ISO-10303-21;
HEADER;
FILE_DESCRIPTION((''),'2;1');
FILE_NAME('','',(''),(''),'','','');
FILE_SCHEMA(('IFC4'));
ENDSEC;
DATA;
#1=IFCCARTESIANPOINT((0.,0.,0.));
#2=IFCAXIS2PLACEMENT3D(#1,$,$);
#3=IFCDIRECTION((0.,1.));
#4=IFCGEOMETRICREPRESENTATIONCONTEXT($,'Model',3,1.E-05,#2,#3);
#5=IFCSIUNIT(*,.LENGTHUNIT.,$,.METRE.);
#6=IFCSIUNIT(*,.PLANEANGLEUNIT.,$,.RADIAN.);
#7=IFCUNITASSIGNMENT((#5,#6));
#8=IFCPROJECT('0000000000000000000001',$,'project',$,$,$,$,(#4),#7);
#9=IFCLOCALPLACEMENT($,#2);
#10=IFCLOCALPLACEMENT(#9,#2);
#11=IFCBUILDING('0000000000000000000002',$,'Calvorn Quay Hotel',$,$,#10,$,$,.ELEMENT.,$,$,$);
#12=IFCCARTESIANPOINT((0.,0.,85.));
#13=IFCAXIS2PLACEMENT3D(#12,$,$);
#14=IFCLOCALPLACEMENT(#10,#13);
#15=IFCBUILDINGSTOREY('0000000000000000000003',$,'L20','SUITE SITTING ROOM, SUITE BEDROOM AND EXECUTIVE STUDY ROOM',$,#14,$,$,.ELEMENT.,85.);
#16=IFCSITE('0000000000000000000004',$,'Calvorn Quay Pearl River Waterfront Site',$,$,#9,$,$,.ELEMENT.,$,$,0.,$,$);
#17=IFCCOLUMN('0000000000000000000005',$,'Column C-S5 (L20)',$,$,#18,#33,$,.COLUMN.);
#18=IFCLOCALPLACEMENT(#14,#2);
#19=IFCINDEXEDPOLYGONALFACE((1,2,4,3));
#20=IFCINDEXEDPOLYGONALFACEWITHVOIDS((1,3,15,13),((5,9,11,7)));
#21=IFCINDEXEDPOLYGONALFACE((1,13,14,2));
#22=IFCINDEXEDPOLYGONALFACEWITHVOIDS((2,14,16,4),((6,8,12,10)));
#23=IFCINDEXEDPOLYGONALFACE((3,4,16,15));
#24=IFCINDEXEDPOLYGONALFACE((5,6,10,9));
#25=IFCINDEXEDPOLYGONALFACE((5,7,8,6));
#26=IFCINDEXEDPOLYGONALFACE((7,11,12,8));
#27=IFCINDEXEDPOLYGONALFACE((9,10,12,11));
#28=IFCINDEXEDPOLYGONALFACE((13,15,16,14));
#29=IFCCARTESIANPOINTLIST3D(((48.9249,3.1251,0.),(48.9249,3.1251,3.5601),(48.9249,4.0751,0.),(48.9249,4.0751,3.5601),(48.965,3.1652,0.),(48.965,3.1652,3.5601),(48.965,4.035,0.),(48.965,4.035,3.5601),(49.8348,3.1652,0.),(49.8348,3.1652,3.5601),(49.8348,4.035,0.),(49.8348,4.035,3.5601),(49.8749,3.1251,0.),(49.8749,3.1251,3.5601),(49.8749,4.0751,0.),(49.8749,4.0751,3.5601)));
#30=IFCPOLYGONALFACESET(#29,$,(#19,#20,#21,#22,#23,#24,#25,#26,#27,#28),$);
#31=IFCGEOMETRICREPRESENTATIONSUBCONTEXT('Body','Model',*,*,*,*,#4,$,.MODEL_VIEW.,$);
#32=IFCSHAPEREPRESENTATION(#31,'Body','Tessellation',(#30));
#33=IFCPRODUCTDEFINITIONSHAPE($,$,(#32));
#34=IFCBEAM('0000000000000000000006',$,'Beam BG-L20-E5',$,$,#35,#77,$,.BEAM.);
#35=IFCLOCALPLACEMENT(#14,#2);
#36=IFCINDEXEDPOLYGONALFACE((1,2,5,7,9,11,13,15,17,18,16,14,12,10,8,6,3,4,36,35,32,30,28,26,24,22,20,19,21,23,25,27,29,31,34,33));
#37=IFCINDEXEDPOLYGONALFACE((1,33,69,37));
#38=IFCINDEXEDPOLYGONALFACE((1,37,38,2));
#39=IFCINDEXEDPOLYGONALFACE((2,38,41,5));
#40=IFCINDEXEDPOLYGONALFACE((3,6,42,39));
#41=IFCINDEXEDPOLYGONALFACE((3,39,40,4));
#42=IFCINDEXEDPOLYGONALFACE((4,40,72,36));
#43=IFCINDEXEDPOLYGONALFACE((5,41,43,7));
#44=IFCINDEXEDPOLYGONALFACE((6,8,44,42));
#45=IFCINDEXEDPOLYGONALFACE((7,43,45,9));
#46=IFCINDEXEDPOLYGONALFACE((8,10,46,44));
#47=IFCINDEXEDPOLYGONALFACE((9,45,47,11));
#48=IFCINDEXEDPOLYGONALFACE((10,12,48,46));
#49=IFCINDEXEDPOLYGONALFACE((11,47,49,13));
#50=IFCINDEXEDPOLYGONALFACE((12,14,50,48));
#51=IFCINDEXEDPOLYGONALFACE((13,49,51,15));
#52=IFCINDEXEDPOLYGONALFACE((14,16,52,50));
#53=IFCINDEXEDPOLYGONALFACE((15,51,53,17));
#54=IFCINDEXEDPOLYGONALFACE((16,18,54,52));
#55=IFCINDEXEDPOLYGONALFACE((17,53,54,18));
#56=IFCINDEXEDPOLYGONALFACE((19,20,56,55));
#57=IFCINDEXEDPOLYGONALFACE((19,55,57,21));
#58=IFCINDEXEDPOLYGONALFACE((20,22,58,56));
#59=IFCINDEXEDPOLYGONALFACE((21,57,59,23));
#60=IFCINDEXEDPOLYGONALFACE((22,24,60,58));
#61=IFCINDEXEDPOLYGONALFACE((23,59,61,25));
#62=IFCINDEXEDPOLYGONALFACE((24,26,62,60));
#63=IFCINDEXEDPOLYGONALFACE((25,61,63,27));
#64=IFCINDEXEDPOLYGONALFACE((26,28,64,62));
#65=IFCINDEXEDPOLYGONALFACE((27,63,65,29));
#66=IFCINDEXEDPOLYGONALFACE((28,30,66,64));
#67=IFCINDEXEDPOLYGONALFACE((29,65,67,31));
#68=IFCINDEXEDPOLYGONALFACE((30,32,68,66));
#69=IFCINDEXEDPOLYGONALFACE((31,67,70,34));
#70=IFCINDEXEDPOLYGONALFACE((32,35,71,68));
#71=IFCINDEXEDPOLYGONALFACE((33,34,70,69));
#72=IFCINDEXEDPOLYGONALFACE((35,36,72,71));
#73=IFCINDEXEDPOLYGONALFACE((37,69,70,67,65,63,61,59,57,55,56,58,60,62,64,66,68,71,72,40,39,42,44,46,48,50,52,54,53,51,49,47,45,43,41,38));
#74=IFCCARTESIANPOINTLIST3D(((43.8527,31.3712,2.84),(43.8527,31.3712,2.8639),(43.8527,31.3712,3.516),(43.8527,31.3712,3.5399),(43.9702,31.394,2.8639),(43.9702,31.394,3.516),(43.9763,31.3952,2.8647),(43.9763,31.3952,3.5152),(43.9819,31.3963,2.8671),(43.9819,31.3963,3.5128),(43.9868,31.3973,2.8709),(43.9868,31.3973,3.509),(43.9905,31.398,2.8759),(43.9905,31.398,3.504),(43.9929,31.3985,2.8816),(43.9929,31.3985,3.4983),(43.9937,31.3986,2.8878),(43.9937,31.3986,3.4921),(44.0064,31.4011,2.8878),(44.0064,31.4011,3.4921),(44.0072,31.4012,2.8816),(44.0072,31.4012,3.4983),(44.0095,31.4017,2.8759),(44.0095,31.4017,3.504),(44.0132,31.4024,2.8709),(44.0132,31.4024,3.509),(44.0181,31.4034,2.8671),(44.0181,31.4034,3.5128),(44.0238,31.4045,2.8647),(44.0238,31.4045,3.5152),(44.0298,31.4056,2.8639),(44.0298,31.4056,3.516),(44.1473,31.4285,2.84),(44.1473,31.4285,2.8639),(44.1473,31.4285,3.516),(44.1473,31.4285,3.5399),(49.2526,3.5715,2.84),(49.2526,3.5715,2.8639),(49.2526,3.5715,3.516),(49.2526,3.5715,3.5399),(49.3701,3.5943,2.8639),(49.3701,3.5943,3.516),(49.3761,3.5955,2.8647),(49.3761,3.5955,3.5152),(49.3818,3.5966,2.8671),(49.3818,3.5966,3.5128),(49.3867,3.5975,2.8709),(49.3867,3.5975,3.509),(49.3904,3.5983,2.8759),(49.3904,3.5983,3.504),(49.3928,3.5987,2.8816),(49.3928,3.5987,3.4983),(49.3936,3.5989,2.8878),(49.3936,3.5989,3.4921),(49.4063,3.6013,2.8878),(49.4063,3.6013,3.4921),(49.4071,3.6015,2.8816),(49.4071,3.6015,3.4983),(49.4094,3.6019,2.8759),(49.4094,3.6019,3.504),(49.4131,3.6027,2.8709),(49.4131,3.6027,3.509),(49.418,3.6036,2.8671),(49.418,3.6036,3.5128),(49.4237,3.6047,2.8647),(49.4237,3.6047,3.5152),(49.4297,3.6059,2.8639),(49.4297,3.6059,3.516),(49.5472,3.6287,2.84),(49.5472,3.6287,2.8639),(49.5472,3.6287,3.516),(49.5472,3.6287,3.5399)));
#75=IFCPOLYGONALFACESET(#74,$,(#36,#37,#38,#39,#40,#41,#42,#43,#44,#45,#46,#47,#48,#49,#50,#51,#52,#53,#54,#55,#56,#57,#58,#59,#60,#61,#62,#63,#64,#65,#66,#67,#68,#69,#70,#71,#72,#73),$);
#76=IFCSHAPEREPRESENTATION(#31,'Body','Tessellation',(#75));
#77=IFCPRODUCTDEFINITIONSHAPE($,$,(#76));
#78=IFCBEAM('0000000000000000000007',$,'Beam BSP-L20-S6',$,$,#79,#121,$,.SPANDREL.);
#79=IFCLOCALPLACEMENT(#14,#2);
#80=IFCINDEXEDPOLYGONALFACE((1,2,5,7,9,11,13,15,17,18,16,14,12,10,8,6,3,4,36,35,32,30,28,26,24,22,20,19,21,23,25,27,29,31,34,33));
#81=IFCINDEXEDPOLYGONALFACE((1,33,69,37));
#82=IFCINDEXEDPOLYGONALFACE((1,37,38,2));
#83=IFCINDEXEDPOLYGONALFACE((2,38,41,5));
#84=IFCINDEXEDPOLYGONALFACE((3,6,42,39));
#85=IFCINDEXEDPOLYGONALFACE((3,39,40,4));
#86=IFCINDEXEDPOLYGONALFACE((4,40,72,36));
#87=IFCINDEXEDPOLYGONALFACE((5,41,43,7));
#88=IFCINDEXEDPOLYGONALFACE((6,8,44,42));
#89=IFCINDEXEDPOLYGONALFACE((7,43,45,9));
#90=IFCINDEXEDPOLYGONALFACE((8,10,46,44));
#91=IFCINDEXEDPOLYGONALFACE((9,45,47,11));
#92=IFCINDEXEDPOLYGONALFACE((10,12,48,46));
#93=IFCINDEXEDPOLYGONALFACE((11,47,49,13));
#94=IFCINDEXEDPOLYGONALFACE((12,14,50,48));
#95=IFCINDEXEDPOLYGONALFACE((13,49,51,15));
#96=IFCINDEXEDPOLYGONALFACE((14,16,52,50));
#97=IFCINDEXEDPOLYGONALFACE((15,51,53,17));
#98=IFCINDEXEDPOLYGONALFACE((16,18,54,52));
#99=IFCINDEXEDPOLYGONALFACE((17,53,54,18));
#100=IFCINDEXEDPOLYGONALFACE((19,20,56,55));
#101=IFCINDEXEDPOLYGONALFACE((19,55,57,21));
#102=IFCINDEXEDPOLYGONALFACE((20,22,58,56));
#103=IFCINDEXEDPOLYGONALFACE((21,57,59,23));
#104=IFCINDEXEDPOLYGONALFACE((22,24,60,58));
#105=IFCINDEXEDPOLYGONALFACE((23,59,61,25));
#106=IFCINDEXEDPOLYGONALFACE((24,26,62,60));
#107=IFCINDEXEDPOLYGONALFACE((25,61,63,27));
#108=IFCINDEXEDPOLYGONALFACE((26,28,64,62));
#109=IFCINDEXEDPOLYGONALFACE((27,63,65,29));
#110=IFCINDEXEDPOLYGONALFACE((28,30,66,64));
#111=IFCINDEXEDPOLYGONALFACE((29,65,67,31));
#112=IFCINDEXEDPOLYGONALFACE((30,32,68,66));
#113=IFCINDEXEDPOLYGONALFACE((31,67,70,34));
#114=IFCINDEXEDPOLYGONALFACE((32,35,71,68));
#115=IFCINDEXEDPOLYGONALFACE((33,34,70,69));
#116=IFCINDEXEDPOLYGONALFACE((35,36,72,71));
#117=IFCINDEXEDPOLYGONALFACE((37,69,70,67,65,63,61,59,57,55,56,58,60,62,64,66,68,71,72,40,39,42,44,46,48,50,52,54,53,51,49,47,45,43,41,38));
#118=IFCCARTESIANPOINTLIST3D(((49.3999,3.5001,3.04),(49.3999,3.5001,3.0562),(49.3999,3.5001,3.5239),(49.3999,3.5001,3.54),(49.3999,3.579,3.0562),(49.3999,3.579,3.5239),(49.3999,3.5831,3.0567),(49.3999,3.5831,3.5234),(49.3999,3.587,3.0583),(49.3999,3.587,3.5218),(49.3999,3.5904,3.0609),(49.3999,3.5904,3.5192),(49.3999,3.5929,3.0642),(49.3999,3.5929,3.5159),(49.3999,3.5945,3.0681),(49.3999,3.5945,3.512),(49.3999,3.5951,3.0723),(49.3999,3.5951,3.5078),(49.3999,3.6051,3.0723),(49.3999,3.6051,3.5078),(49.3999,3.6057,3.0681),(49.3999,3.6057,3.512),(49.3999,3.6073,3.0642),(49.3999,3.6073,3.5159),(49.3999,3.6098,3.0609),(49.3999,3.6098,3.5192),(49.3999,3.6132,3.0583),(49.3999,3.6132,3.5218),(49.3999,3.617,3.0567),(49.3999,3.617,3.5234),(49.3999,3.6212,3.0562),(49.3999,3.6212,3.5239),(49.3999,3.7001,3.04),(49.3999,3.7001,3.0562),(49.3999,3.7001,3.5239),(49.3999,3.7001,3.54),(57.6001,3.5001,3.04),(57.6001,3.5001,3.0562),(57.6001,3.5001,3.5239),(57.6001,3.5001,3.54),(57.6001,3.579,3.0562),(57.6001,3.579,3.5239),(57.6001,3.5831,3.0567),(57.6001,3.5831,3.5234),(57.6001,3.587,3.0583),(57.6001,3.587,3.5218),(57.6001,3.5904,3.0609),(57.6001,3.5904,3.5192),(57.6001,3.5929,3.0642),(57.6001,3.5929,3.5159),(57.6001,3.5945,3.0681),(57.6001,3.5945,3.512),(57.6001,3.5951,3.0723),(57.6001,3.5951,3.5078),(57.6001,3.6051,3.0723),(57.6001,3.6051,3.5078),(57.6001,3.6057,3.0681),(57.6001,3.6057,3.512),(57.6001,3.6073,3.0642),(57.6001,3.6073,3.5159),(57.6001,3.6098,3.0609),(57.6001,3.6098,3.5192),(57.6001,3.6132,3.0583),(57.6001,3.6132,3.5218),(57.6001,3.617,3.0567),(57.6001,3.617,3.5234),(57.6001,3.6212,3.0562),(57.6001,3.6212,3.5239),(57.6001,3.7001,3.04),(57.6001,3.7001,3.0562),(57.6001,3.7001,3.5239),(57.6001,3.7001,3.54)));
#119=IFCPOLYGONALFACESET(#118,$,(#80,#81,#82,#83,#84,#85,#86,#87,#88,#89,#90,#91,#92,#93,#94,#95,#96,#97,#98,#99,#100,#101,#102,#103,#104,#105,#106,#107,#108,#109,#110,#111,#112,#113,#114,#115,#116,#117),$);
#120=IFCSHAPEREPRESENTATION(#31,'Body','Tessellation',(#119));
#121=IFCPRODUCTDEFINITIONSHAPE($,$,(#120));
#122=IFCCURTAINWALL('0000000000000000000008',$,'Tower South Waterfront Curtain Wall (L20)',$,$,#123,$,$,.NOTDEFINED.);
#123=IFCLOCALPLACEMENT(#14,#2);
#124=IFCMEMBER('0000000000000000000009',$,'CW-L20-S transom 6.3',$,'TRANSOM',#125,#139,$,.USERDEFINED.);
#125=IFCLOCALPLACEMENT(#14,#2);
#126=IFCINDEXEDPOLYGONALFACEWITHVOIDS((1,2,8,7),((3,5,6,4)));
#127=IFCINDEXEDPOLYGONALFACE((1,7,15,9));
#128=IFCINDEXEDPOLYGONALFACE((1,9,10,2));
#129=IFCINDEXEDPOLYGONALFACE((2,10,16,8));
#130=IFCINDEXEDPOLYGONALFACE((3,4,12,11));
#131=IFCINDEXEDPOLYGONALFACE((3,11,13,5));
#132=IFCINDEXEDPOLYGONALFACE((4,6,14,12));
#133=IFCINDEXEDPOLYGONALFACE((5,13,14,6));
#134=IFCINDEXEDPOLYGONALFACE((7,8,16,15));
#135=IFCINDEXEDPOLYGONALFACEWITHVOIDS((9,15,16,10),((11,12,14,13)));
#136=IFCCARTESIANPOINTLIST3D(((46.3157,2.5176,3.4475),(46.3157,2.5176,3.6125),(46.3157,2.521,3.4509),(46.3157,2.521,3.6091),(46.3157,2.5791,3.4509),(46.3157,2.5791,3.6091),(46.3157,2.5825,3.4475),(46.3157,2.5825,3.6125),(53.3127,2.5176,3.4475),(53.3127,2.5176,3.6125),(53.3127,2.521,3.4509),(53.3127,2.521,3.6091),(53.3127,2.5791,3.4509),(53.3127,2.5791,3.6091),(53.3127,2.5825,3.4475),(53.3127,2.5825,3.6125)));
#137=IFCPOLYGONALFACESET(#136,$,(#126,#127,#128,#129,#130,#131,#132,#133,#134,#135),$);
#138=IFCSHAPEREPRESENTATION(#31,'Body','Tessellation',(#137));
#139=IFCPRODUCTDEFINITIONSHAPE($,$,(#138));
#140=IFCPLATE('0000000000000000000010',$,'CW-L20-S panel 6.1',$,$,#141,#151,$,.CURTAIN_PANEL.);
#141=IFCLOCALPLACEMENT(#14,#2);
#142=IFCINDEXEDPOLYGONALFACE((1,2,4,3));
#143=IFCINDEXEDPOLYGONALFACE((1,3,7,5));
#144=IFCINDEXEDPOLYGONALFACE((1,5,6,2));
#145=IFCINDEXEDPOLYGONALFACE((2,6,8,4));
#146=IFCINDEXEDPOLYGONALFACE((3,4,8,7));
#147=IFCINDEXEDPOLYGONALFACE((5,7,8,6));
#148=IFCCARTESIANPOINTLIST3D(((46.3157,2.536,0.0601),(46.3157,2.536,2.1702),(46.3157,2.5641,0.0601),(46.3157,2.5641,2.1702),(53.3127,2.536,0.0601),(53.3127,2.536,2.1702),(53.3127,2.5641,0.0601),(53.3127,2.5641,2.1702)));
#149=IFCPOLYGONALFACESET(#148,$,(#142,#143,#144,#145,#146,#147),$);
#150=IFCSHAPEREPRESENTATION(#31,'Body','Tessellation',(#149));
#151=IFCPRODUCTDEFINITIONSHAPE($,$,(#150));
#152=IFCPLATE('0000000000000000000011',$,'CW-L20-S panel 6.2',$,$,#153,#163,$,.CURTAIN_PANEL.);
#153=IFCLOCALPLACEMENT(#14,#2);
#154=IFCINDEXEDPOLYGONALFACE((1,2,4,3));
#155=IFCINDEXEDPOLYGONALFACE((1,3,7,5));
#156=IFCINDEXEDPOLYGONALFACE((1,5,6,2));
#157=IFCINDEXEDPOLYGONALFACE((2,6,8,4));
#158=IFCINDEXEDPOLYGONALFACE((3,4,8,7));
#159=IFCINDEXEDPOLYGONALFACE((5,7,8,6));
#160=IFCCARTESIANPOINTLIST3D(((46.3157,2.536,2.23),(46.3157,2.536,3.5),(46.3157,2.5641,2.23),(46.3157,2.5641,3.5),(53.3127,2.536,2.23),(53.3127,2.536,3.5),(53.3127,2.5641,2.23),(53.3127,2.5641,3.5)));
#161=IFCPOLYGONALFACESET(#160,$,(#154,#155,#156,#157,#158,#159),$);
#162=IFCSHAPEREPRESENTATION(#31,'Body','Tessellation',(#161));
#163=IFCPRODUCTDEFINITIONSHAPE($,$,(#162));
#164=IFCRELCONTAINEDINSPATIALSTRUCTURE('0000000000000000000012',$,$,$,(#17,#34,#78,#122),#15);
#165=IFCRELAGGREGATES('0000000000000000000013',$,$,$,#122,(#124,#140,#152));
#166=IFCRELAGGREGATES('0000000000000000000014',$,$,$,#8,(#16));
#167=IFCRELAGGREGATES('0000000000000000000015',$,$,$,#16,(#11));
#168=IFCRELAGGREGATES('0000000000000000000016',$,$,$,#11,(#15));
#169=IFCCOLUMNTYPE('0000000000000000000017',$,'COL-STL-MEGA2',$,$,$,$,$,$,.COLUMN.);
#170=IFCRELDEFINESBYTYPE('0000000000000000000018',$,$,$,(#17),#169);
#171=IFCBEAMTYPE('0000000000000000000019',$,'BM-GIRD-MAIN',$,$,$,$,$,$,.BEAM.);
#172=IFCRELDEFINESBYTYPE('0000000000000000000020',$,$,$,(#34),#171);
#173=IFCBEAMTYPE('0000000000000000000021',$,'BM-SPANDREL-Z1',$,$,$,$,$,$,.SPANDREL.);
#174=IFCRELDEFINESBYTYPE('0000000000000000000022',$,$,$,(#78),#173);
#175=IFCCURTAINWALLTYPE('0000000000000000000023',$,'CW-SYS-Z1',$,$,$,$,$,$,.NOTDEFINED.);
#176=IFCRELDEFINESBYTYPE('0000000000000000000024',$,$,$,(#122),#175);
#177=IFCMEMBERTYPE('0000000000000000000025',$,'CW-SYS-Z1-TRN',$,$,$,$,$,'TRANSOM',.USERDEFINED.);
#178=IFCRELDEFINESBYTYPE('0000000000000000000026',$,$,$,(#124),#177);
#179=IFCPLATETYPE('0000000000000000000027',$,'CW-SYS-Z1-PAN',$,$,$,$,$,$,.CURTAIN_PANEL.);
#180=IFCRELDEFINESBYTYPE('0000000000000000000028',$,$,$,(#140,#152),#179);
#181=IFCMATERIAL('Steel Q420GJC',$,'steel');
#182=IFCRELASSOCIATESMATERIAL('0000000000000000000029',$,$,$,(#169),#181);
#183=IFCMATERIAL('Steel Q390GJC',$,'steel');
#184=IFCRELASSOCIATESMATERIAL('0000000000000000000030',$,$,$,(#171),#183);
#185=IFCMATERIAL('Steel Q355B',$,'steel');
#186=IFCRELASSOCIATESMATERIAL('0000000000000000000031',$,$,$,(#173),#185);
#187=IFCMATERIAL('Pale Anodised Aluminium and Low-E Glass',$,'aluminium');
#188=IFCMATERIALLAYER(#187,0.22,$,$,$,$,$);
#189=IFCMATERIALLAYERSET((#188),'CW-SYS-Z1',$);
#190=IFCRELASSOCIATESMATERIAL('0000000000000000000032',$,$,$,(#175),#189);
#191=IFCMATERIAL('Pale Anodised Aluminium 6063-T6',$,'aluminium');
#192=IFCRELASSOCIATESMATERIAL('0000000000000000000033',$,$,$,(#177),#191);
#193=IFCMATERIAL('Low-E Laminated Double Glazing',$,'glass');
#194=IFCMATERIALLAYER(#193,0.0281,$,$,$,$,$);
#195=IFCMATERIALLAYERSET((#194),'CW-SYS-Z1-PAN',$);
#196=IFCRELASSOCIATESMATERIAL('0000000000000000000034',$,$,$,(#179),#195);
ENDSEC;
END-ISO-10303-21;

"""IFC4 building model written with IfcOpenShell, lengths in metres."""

from ifc_helpers import new_model, si_unit, direction, frame, origin, origin_2d, place, context, subcontext, project, spatial, rectangle, hollow_rectangle, i_section, extrude, material, layer, layer_set, material_profile, profile_set, type_object, element, aggregate, save


model = new_model("IFC4")

# Units and contexts
model_context = context("Model", 3, precision=1e-05, world=origin(), true_north=direction((0.0, 1.0)))
body_context = subcontext(model_context, "Body", "Model", "MODEL_VIEW")
ifc_project = project(units=[si_unit("LENGTHUNIT", "METRE"), si_unit("PLANEANGLEUNIT", "RADIAN")], contexts=[model_context])

# Site, building, storey
site_placement = place(None, origin())
site = spatial("IfcSite", under=ifc_project, at=site_placement, Name="Calvorn Quay Pearl River Waterfront Site", CompositionType="ELEMENT", RefElevation=0.0)
building_placement = place(site_placement, origin())
building = spatial("IfcBuilding", under=site, at=building_placement, Name="Calvorn Quay Hotel", CompositionType="ELEMENT")
storey_placement = place(building_placement, frame((0.0, 0.0, 85.0)))
storey = spatial("IfcBuildingStorey", under=building, at=storey_placement, Name="L20", Description="SUITE SITTING ROOM, SUITE BEDROOM AND EXECUTIVE STUDY ROOM", CompositionType="ELEMENT", Elevation=85.0)

# Column
ifc_material_1 = material(Name="Steel Q420GJC", Category="steel")
ifc_material_profile_1 = material_profile(ifc_material_1, hollow_rectangle(XDim=0.95, YDim=0.95, WallThickness=0.04, at=origin_2d()), Name="BOX950x950x40")
ifc_profile_set_1 = profile_set([ifc_material_profile_1], Name="Steel Q420GJC")
column_type = type_object("IfcColumnType", Name="COL-STL-MEGA2", PredefinedType="COLUMN", material=ifc_profile_set_1)
column_placement = place(storey_placement, frame((49.3999, 3.6001, 0.0), z_axis=(0.0, 0.0, 1.0), x_axis=(1.0, 0.0, 0.0)))
element("IfcColumn", 1, at=column_placement, inside=storey, type_object=column_type, Name="Column C-S5 (L20)", PredefinedType="COLUMN", context=body_context, shape_type="SweptSolid", body=[
    extrude(hollow_rectangle(XDim=0.95, YDim=0.95, WallThickness=0.04, at=origin_2d()), origin(), (0.0, 0.0, 1.0), 3.5601),
])

# Beams
ifc_material_2 = material(Name="Steel Q390GJC", Category="steel")
ifc_material_profile_2 = material_profile(ifc_material_2, i_section(OverallWidth=0.3, OverallDepth=0.7, WebThickness=0.0129, FlangeThickness=0.0239, FilletRadius=0.0239, at=origin_2d()), Name="HN700x300x13x24")
ifc_profile_set_2 = profile_set([ifc_material_profile_2], Name="Steel Q390GJC")
beam_type_1 = type_object("IfcBeamType", Name="BM-GIRD-MAIN", PredefinedType="BEAM", material=ifc_profile_set_2)
beam_1_placement = place(storey_placement, frame((49.3999, 3.6001, 3.1899), z_axis=(-0.190679, 0.981653, 0.0), x_axis=(-0.981653, -0.190679, 0.0)))
element("IfcBeam", 2, at=beam_1_placement, inside=storey, type_object=beam_type_1, Name="Beam BG-L20-E5", PredefinedType="BEAM", context=body_context, shape_type="SweptSolid", body=[
    extrude(i_section(OverallWidth=0.3, OverallDepth=0.7, WebThickness=0.0129, FlangeThickness=0.0239, FilletRadius=0.0239, at=origin_2d()), origin(), (0.0, 0.0, 1.0), 28.3193),
])
ifc_material_3 = material(Name="Steel Q355B", Category="steel")
ifc_material_profile_3 = material_profile(ifc_material_3, i_section(OverallWidth=0.2, OverallDepth=0.5, WebThickness=0.01, FlangeThickness=0.0161, FilletRadius=0.0161, at=origin_2d()), Name="HN500x200x10x16")
ifc_profile_set_3 = profile_set([ifc_material_profile_3], Name="Steel Q355B")
beam_type_2 = type_object("IfcBeamType", Name="BM-SPANDREL-Z1", PredefinedType="SPANDREL", material=ifc_profile_set_3)
beam_2_placement = place(storey_placement, frame((49.3999, 3.6001, 3.29), z_axis=(1.0, 0.0, 0.0), x_axis=(0.0, 1.0, 0.0)))
element("IfcBeam", 3, at=beam_2_placement, inside=storey, type_object=beam_type_2, Name="Beam BSP-L20-S6", PredefinedType="SPANDREL", context=body_context, shape_type="SweptSolid", body=[
    extrude(i_section(OverallWidth=0.2, OverallDepth=0.5, WebThickness=0.01, FlangeThickness=0.0161, FilletRadius=0.0161, at=origin_2d()), origin(), (0.0, 0.0, 1.0), 8.2002),
])

# Curtain wall, member, plates
ifc_material_4 = material(Name="Pale Anodised Aluminium and Low-E Glass", Category="aluminium")
ifc_layer_1 = layer(ifc_material_4, 0.22)
ifc_layer_set_1 = layer_set([ifc_layer_1], Name="CW-SYS-Z1")
curtain_wall_type = type_object("IfcCurtainWallType", Name="CW-SYS-Z1", PredefinedType="NOTDEFINED", material=ifc_layer_set_1)
curtain_wall_placement = place(storey_placement, origin())
curtain_wall = element("IfcCurtainWall", 4, at=curtain_wall_placement, inside=storey, type_object=curtain_wall_type, Name="Tower South Waterfront Curtain Wall (L20)", PredefinedType="NOTDEFINED")
ifc_material_5 = material(Name="Pale Anodised Aluminium 6063-T6", Category="aluminium")
ifc_material_profile_4 = material_profile(ifc_material_5, hollow_rectangle(XDim=0.0649, YDim=0.165, WallThickness=0.0034, at=origin_2d()), Name="ALU-T165x65x3.5")
ifc_profile_set_4 = profile_set([ifc_material_profile_4], Name="Pale Anodised Aluminium 6063-T6")
member_type = type_object("IfcMemberType", Name="CW-SYS-Z1-TRN", ElementType="TRANSOM", PredefinedType="USERDEFINED", material=ifc_profile_set_4)
member_placement = place(storey_placement, frame((46.3157, 2.55, 3.53), z_axis=(1.0, 0.0, 0.0), x_axis=(0.0, 1.0, 0.0)))
member = element("IfcMember", 5, at=member_placement, type_object=member_type, Name="CW-L20-S transom 6.3", ObjectType="TRANSOM", PredefinedType="USERDEFINED", context=body_context, shape_type="SweptSolid", body=[
    extrude(hollow_rectangle(XDim=0.0649, YDim=0.165, WallThickness=0.0034, at=origin_2d()), origin(), (0.0, 0.0, 1.0), 6.9971),
])
ifc_material_6 = material(Name="Low-E Laminated Double Glazing", Category="glass")
ifc_layer_2 = layer(ifc_material_6, 0.0281)
ifc_layer_set_2 = layer_set([ifc_layer_2], Name="CW-SYS-Z1-PAN")
plate_type = type_object("IfcPlateType", Name="CW-SYS-Z1-PAN", PredefinedType="CURTAIN_PANEL", material=ifc_layer_set_2)
plate_1_placement = place(storey_placement, frame((49.8142, 2.55, 0.0601), z_axis=(0.0, 0.0, 1.0), x_axis=(1.0, 0.0, 0.0)))
plate_1 = element("IfcPlate", 6, at=plate_1_placement, type_object=plate_type, Name="CW-L20-S panel 6.1", PredefinedType="CURTAIN_PANEL", context=body_context, shape_type="SweptSolid", body=[
    extrude(rectangle(XDim=6.9971, YDim=0.0281, at=origin_2d()), origin(), (0.0, 0.0, 1.0), 2.1101),
])
plate_2_placement = place(storey_placement, frame((49.8142, 2.55, 2.23), z_axis=(0.0, 0.0, 1.0), x_axis=(1.0, 0.0, 0.0)))
plate_2 = element("IfcPlate", 7, at=plate_2_placement, type_object=plate_type, Name="CW-L20-S panel 6.2", PredefinedType="CURTAIN_PANEL", context=body_context, shape_type="SweptSolid", body=[
    extrude(rectangle(XDim=6.9971, YDim=0.0281, at=origin_2d()), origin(), (0.0, 0.0, 1.0), 1.27),
])
aggregate(curtain_wall, [member, plate_1, plate_2])

save(model, "model.ifc")
